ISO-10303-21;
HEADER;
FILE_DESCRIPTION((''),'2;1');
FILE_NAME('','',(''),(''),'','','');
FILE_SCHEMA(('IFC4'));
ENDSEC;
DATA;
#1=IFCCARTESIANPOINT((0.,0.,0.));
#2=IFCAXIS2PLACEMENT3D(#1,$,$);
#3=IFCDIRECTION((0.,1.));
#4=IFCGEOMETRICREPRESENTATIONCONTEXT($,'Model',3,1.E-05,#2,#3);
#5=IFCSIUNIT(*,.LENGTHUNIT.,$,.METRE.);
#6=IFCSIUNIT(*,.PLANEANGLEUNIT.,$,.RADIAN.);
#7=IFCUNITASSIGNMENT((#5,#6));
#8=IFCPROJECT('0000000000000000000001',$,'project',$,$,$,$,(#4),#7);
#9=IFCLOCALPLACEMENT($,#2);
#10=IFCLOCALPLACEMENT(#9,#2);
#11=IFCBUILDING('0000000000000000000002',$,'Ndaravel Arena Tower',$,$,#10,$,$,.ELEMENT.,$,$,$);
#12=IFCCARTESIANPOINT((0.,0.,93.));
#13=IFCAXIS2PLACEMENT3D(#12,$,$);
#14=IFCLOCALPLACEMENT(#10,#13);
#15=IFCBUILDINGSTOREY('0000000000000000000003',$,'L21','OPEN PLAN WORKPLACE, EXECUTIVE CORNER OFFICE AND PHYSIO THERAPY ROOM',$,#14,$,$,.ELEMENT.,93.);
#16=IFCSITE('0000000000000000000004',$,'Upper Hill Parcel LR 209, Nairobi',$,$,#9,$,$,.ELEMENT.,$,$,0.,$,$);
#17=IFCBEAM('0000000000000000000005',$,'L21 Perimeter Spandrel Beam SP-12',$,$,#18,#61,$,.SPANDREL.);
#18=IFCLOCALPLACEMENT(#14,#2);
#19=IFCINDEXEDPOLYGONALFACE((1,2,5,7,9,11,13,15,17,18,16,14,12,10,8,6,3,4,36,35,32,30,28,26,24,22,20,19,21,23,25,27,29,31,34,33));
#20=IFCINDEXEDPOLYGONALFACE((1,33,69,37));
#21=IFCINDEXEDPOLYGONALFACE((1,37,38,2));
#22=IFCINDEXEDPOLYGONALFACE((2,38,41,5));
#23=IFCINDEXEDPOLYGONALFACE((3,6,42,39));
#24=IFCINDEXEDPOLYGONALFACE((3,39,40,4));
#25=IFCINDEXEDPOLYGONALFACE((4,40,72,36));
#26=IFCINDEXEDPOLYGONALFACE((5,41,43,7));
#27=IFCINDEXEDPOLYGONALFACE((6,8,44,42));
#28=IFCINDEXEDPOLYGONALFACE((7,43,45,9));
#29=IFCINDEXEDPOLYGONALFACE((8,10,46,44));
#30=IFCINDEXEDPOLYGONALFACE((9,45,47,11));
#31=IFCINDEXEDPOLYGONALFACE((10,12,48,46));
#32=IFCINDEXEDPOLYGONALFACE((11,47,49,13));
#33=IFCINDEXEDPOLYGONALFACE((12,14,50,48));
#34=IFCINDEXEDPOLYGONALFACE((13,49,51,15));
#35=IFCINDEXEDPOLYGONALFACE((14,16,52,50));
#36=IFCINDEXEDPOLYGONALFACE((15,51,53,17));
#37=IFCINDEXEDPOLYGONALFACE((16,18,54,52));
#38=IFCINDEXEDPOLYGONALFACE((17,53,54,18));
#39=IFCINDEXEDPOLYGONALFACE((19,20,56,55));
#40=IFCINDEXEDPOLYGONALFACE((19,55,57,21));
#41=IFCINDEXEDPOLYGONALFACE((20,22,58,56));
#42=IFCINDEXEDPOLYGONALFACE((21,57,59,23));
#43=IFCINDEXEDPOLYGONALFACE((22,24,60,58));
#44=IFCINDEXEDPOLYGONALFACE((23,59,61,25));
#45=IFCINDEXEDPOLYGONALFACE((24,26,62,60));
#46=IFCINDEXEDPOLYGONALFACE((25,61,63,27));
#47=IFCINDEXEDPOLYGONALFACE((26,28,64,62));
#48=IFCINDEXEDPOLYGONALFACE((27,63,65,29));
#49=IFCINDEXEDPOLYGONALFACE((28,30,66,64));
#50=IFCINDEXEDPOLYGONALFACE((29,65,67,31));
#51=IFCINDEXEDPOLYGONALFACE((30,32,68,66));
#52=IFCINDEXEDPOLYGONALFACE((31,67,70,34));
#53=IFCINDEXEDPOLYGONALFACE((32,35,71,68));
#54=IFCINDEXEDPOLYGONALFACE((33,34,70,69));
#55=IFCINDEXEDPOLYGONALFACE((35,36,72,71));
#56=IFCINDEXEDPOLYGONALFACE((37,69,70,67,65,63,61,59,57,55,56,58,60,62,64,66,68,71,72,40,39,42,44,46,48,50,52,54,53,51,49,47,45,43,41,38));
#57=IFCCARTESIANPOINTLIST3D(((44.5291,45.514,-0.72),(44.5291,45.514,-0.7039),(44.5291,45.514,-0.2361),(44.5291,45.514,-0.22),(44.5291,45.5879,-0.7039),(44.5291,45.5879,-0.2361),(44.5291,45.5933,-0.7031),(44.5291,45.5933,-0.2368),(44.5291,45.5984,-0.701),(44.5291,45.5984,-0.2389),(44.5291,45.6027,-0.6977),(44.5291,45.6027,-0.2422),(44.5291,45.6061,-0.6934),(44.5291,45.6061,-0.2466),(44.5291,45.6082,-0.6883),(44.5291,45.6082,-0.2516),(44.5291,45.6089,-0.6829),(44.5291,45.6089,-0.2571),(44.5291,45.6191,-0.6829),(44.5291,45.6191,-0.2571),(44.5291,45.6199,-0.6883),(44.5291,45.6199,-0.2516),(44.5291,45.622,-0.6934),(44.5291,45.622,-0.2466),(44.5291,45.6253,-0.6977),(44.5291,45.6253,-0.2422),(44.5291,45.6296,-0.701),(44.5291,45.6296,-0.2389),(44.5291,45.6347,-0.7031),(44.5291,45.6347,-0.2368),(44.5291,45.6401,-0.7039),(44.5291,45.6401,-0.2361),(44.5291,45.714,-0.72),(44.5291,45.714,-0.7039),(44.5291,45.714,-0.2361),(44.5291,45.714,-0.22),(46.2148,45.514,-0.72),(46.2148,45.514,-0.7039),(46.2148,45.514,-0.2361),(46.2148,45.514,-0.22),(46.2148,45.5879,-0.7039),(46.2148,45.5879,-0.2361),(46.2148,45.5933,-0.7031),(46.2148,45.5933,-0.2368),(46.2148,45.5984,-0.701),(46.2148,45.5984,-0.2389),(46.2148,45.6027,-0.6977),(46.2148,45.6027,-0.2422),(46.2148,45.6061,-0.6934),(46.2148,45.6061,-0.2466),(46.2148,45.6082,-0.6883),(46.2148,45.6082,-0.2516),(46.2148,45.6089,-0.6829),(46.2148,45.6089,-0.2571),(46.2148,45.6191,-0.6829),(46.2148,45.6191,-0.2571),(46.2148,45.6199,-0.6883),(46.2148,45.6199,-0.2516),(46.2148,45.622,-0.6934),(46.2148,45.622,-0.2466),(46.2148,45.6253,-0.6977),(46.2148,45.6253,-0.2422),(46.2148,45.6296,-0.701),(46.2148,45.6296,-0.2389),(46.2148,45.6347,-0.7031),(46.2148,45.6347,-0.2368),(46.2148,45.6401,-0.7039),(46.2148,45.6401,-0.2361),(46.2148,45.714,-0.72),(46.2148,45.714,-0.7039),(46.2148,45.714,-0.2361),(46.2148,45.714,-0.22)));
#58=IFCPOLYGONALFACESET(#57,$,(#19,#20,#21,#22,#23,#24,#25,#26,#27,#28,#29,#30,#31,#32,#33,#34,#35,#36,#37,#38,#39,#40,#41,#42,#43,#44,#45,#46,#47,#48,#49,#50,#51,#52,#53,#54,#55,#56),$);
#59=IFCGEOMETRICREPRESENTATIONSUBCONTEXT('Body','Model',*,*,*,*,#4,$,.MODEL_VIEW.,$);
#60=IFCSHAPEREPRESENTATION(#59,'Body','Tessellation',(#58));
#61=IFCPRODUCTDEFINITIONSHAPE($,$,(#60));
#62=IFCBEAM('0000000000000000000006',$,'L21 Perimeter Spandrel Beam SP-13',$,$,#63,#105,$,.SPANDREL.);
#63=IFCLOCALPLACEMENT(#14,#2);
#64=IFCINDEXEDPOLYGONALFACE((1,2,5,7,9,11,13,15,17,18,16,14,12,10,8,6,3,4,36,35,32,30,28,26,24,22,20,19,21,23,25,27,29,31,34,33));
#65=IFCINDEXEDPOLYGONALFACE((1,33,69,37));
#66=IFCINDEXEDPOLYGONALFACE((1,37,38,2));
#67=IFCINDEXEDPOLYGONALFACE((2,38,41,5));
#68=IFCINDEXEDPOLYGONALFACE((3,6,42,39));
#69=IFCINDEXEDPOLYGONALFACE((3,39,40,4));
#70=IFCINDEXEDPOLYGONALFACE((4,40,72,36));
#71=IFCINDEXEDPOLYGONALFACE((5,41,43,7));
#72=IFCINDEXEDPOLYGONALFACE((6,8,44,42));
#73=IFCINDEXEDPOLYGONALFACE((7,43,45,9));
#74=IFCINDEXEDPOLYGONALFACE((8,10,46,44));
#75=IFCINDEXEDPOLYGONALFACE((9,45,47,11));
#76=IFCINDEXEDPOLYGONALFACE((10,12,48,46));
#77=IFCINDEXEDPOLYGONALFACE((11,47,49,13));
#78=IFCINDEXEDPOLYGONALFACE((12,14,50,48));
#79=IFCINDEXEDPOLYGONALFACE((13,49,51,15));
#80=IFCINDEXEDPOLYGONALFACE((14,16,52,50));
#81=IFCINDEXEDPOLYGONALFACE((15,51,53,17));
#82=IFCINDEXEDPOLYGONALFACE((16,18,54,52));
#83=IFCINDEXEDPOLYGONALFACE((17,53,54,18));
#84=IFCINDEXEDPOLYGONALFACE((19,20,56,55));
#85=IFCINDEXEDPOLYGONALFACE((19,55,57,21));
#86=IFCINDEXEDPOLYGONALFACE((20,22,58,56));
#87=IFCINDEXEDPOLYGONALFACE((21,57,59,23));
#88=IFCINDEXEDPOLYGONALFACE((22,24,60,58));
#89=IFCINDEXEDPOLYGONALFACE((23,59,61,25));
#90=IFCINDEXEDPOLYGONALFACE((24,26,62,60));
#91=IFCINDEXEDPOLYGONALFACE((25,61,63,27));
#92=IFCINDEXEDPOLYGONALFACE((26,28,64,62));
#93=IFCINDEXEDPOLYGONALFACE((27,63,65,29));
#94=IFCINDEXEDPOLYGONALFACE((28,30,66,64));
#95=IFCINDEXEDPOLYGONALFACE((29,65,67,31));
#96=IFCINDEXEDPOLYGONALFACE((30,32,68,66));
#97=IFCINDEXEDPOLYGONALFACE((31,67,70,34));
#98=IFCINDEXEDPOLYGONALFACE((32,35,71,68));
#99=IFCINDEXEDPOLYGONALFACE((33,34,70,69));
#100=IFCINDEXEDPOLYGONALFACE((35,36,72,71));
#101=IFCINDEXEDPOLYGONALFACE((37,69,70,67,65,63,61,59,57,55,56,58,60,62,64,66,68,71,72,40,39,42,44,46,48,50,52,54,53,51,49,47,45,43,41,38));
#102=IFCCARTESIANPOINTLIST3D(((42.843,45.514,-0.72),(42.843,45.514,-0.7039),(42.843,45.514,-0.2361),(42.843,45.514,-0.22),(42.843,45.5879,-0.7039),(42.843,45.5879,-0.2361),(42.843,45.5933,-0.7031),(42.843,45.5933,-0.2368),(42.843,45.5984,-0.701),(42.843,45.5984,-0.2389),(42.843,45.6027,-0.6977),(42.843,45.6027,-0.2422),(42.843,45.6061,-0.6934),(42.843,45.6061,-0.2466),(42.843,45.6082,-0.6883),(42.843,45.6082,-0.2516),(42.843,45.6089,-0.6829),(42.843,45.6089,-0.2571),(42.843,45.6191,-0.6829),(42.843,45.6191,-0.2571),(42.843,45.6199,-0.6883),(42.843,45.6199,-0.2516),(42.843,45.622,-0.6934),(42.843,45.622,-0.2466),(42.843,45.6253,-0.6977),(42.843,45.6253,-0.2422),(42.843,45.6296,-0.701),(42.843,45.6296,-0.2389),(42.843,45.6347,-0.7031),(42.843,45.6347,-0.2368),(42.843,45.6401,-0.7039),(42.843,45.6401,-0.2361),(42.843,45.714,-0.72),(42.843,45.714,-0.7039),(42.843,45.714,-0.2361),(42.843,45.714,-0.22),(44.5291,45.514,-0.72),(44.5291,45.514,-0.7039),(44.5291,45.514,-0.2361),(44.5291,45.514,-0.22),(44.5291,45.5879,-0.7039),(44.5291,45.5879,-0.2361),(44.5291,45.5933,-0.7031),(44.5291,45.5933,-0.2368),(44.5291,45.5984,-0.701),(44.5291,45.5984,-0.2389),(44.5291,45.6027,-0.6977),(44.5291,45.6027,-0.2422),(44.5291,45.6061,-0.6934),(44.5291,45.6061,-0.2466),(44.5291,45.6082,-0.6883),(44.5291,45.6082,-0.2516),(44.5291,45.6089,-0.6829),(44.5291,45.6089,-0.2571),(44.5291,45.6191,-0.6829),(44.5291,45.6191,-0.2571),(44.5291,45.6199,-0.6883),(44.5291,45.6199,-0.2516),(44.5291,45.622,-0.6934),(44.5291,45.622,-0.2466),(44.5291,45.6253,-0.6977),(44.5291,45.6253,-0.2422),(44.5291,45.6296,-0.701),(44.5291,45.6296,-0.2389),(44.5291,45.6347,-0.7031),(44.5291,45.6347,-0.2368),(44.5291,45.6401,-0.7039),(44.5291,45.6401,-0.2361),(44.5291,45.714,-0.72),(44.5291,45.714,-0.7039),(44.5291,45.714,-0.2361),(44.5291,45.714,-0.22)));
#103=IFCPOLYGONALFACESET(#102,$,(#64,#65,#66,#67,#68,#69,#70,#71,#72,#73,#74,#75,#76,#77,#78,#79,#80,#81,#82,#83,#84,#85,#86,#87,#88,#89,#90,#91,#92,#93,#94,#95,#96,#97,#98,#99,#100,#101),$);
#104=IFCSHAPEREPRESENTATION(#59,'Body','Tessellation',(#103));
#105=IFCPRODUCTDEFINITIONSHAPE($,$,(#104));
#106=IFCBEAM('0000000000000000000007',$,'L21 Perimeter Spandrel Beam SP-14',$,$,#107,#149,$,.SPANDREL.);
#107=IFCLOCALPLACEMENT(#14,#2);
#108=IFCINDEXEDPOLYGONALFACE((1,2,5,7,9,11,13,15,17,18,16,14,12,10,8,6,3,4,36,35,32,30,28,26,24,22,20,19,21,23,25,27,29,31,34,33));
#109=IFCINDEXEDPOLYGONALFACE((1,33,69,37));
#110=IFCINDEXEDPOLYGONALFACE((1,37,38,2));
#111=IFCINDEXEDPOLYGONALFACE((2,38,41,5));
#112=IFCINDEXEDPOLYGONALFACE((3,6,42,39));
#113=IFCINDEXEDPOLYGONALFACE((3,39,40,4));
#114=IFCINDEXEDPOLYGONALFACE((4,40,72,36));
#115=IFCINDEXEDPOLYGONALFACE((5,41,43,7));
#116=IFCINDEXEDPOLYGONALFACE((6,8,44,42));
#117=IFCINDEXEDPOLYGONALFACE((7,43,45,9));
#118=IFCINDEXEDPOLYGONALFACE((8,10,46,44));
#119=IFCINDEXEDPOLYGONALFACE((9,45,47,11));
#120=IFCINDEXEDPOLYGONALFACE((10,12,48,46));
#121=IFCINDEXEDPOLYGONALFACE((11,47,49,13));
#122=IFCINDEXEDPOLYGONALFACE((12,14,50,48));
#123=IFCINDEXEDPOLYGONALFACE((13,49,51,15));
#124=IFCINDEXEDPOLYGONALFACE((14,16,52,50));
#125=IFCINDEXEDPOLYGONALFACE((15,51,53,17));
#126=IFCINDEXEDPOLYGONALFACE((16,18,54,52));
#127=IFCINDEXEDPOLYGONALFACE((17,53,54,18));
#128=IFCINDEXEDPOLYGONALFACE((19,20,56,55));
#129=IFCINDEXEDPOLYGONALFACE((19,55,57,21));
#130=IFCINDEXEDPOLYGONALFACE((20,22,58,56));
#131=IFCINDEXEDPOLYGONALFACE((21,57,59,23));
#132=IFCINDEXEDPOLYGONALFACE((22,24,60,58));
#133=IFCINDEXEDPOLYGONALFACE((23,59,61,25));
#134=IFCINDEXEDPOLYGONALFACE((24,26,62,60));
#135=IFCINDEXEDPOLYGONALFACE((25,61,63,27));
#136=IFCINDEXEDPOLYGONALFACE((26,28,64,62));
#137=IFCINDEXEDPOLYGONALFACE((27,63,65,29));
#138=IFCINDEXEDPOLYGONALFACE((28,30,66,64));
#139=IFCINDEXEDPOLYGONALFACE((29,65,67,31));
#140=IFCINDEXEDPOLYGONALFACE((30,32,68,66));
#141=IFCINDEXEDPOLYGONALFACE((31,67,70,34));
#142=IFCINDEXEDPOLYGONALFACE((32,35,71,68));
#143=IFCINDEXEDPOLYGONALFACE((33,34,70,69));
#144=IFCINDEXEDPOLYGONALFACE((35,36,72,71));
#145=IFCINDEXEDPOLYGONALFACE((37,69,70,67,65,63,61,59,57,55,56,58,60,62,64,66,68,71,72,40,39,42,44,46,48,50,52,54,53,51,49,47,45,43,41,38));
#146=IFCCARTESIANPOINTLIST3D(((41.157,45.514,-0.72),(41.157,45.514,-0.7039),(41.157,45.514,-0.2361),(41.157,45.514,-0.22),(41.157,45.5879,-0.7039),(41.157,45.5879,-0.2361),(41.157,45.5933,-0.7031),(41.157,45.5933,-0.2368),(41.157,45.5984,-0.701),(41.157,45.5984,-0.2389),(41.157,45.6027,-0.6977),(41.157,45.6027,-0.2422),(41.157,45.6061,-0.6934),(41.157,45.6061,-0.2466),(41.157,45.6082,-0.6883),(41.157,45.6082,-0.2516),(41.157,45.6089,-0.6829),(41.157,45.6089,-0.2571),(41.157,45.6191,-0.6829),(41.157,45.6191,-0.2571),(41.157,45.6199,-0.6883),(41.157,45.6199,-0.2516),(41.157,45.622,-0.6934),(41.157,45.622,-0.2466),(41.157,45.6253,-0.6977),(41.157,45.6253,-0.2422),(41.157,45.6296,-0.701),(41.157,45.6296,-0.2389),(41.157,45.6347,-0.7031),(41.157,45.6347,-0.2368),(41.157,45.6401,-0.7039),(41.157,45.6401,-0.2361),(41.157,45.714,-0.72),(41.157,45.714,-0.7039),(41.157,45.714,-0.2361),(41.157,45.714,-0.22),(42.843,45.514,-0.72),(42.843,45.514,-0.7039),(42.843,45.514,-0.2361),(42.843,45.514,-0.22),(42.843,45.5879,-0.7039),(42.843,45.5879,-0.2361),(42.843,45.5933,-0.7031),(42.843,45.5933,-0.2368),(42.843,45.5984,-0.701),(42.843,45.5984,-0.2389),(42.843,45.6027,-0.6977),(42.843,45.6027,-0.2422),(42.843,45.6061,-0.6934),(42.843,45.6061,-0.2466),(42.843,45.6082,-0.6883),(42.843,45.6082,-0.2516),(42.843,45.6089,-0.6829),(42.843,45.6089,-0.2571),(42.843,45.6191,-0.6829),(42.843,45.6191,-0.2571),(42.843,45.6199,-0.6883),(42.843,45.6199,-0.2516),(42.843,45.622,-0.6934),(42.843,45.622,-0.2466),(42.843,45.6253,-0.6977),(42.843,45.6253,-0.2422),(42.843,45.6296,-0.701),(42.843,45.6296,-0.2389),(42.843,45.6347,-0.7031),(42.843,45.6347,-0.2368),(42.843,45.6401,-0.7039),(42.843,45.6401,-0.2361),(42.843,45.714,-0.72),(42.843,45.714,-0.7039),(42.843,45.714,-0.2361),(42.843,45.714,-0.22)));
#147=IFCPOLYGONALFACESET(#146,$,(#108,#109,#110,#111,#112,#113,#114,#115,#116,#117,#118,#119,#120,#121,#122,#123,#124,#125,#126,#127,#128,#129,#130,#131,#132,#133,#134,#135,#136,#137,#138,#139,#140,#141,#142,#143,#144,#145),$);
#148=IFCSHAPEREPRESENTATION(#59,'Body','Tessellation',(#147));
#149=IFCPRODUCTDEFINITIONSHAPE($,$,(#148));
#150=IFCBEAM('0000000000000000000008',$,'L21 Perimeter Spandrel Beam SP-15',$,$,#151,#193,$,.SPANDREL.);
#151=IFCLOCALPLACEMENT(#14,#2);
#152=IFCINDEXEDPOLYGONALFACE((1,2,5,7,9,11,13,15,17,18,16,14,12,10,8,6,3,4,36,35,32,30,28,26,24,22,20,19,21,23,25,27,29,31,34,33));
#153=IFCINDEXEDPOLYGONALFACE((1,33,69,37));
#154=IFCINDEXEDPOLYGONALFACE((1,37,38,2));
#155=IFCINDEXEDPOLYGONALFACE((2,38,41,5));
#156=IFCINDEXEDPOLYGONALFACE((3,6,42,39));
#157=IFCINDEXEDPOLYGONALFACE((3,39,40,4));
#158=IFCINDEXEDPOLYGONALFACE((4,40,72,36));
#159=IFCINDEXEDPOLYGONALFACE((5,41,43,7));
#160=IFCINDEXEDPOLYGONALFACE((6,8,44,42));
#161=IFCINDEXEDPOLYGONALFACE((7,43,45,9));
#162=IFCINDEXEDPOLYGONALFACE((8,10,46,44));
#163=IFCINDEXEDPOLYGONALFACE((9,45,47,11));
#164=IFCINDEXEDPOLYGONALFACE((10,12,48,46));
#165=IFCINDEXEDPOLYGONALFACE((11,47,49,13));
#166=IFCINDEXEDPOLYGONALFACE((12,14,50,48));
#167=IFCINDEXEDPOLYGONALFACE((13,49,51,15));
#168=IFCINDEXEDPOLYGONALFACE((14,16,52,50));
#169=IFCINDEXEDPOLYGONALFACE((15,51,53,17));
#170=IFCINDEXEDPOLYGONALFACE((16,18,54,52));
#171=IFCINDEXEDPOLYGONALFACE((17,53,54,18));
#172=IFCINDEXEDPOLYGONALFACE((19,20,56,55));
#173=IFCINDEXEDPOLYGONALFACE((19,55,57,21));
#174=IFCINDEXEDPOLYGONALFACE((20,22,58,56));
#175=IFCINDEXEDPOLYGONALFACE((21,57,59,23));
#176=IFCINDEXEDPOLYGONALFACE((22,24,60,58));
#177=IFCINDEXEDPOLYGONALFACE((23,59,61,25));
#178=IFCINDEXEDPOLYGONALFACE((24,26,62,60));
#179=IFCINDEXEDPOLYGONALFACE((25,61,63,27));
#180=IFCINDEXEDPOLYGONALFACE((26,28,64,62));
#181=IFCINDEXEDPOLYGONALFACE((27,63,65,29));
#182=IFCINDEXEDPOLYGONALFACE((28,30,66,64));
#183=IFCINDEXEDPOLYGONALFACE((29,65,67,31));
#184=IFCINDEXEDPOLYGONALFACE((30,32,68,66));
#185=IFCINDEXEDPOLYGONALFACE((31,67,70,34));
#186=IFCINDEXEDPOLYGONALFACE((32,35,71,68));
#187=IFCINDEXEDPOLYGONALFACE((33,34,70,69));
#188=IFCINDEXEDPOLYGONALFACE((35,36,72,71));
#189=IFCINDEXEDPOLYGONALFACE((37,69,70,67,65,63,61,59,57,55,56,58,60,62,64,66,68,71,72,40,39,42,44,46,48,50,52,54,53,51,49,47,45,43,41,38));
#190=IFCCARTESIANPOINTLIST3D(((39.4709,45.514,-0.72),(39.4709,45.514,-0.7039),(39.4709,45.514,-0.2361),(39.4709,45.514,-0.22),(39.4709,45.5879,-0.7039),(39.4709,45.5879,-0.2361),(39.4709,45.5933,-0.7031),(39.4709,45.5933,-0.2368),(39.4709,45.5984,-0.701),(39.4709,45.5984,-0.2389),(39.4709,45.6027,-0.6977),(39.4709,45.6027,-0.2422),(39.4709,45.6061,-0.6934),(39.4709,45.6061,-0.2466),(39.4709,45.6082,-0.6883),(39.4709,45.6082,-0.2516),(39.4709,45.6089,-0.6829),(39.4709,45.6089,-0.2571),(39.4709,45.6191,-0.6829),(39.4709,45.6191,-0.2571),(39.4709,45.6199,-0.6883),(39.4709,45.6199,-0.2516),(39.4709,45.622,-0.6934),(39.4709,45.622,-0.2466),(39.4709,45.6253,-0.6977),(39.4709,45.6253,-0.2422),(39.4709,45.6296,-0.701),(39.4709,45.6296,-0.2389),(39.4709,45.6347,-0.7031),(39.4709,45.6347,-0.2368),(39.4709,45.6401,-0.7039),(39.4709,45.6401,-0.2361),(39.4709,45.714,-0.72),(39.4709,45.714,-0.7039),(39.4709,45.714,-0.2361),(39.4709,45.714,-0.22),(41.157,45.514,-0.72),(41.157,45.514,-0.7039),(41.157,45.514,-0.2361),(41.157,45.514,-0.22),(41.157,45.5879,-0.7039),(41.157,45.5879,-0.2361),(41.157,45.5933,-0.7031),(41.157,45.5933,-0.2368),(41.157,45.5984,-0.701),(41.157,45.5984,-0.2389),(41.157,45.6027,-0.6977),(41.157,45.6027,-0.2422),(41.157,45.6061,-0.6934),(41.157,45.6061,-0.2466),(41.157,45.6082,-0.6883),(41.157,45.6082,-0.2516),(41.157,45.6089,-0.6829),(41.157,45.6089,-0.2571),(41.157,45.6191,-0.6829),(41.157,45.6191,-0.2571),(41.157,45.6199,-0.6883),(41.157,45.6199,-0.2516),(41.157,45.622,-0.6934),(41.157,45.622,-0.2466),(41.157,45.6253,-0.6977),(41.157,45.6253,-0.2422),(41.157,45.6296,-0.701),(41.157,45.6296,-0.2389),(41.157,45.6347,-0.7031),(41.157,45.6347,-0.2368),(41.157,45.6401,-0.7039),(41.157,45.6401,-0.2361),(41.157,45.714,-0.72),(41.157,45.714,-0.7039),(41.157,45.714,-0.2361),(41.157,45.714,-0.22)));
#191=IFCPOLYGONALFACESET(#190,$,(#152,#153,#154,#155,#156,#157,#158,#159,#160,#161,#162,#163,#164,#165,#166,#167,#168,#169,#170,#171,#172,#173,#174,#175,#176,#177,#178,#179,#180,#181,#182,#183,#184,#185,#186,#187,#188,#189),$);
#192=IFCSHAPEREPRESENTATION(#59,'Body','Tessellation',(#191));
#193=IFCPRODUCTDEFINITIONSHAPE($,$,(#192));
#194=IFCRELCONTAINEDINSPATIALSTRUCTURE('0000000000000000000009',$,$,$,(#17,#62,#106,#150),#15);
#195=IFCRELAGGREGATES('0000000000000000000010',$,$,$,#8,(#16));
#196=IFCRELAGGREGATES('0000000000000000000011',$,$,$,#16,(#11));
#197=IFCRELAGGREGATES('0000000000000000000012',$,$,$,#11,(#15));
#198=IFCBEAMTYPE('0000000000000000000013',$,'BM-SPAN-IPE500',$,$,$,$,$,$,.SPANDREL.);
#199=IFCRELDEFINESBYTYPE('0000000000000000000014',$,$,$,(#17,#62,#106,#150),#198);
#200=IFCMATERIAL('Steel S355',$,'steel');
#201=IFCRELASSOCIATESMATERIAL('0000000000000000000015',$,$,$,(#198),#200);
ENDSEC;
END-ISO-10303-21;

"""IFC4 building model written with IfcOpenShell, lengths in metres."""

from ifc_helpers import new_model, si_unit, direction, frame, origin, origin_2d, place, context, subcontext, project, spatial, i_section, extrude, material, material_profile, profile_set, type_object, element, save


model = new_model("IFC4")

# Units and contexts
model_context = context("Model", 3, precision=1e-05, world=origin(), true_north=direction((0.0, 1.0)))
body_context = subcontext(model_context, "Body", "Model", "MODEL_VIEW")
ifc_project = project(units=[si_unit("LENGTHUNIT", "METRE"), si_unit("PLANEANGLEUNIT", "RADIAN")], contexts=[model_context])

# Site, building, storey
site_placement = place(None, origin())
site = spatial("IfcSite", under=ifc_project, at=site_placement, Name="Upper Hill Parcel LR 209, Nairobi", CompositionType="ELEMENT", RefElevation=0.0)
building_placement = place(site_placement, origin())
building = spatial("IfcBuilding", under=site, at=building_placement, Name="Ndaravel Arena Tower", CompositionType="ELEMENT")
storey_placement = place(building_placement, frame((0.0, 0.0, 93.0)))
storey = spatial("IfcBuildingStorey", under=building, at=storey_placement, Name="L21", Description="OPEN PLAN WORKPLACE, EXECUTIVE CORNER OFFICE AND PHYSIO THERAPY ROOM", CompositionType="ELEMENT", Elevation=93.0)

# Beams
ifc_material_1 = material(Name="Steel S355", Category="steel")
ifc_material_profile_1 = material_profile(ifc_material_1, i_section(OverallWidth=0.2, OverallDepth=0.5, WebThickness=0.0103, FlangeThickness=0.0161, FilletRadius=0.021, at=origin_2d()), Name="IPE 500")
ifc_profile_set_1 = profile_set([ifc_material_profile_1], Name="Steel S355")
beam_type_1 = type_object("IfcBeamType", Name="BM-SPAN-IPE500", PredefinedType="SPANDREL", material=ifc_profile_set_1)
beam_1_placement = place(storey_placement, frame((46.2148, 45.614, -0.47), z_axis=(-1.0, 0.0, 0.0), x_axis=(0.0, -1.0, 0.0)))
element("IfcBeam", 1, at=beam_1_placement, inside=storey, type_object=beam_type_1, Name="L21 Perimeter Spandrel Beam SP-12", PredefinedType="SPANDREL", context=body_context, shape_type="SweptSolid", body=[
    extrude(i_section(OverallWidth=0.2, OverallDepth=0.5, WebThickness=0.0103, FlangeThickness=0.0161, FilletRadius=0.021, at=origin_2d()), origin(), (0.0, 0.0, 1.0), 1.6858),
])
for number, where, z_axis, x_axis, name in (
    (2, (44.5291, 45.614, -0.47), (-1.0, 0.0, 0.0), (0.0, -1.0, 0.0), "L21 Perimeter Spandrel Beam SP-13"),
    (3, (42.843, 45.614, -0.47), (-1.0, 0.0, 0.0), (0.0, -1.0, 0.0), "L21 Perimeter Spandrel Beam SP-14"),
    (4, (41.157, 45.614, -0.47), (-1.0, 0.0, 0.0), (0.0, -1.0, 0.0), "L21 Perimeter Spandrel Beam SP-15"),
):
    element("IfcBeam", number, at=place(storey_placement, frame(where, z_axis=z_axis, x_axis=x_axis)), inside=storey, type_object=beam_type_1, Name=name, PredefinedType="SPANDREL", context=body_context, shape_type="SweptSolid", body=[
        extrude(i_section(OverallWidth=0.2, OverallDepth=0.5, WebThickness=0.0103, FlangeThickness=0.0161, FilletRadius=0.021, at=origin_2d()), origin(), (0.0, 0.0, 1.0), 1.686),
    ])

save(model, "model.ifc")
